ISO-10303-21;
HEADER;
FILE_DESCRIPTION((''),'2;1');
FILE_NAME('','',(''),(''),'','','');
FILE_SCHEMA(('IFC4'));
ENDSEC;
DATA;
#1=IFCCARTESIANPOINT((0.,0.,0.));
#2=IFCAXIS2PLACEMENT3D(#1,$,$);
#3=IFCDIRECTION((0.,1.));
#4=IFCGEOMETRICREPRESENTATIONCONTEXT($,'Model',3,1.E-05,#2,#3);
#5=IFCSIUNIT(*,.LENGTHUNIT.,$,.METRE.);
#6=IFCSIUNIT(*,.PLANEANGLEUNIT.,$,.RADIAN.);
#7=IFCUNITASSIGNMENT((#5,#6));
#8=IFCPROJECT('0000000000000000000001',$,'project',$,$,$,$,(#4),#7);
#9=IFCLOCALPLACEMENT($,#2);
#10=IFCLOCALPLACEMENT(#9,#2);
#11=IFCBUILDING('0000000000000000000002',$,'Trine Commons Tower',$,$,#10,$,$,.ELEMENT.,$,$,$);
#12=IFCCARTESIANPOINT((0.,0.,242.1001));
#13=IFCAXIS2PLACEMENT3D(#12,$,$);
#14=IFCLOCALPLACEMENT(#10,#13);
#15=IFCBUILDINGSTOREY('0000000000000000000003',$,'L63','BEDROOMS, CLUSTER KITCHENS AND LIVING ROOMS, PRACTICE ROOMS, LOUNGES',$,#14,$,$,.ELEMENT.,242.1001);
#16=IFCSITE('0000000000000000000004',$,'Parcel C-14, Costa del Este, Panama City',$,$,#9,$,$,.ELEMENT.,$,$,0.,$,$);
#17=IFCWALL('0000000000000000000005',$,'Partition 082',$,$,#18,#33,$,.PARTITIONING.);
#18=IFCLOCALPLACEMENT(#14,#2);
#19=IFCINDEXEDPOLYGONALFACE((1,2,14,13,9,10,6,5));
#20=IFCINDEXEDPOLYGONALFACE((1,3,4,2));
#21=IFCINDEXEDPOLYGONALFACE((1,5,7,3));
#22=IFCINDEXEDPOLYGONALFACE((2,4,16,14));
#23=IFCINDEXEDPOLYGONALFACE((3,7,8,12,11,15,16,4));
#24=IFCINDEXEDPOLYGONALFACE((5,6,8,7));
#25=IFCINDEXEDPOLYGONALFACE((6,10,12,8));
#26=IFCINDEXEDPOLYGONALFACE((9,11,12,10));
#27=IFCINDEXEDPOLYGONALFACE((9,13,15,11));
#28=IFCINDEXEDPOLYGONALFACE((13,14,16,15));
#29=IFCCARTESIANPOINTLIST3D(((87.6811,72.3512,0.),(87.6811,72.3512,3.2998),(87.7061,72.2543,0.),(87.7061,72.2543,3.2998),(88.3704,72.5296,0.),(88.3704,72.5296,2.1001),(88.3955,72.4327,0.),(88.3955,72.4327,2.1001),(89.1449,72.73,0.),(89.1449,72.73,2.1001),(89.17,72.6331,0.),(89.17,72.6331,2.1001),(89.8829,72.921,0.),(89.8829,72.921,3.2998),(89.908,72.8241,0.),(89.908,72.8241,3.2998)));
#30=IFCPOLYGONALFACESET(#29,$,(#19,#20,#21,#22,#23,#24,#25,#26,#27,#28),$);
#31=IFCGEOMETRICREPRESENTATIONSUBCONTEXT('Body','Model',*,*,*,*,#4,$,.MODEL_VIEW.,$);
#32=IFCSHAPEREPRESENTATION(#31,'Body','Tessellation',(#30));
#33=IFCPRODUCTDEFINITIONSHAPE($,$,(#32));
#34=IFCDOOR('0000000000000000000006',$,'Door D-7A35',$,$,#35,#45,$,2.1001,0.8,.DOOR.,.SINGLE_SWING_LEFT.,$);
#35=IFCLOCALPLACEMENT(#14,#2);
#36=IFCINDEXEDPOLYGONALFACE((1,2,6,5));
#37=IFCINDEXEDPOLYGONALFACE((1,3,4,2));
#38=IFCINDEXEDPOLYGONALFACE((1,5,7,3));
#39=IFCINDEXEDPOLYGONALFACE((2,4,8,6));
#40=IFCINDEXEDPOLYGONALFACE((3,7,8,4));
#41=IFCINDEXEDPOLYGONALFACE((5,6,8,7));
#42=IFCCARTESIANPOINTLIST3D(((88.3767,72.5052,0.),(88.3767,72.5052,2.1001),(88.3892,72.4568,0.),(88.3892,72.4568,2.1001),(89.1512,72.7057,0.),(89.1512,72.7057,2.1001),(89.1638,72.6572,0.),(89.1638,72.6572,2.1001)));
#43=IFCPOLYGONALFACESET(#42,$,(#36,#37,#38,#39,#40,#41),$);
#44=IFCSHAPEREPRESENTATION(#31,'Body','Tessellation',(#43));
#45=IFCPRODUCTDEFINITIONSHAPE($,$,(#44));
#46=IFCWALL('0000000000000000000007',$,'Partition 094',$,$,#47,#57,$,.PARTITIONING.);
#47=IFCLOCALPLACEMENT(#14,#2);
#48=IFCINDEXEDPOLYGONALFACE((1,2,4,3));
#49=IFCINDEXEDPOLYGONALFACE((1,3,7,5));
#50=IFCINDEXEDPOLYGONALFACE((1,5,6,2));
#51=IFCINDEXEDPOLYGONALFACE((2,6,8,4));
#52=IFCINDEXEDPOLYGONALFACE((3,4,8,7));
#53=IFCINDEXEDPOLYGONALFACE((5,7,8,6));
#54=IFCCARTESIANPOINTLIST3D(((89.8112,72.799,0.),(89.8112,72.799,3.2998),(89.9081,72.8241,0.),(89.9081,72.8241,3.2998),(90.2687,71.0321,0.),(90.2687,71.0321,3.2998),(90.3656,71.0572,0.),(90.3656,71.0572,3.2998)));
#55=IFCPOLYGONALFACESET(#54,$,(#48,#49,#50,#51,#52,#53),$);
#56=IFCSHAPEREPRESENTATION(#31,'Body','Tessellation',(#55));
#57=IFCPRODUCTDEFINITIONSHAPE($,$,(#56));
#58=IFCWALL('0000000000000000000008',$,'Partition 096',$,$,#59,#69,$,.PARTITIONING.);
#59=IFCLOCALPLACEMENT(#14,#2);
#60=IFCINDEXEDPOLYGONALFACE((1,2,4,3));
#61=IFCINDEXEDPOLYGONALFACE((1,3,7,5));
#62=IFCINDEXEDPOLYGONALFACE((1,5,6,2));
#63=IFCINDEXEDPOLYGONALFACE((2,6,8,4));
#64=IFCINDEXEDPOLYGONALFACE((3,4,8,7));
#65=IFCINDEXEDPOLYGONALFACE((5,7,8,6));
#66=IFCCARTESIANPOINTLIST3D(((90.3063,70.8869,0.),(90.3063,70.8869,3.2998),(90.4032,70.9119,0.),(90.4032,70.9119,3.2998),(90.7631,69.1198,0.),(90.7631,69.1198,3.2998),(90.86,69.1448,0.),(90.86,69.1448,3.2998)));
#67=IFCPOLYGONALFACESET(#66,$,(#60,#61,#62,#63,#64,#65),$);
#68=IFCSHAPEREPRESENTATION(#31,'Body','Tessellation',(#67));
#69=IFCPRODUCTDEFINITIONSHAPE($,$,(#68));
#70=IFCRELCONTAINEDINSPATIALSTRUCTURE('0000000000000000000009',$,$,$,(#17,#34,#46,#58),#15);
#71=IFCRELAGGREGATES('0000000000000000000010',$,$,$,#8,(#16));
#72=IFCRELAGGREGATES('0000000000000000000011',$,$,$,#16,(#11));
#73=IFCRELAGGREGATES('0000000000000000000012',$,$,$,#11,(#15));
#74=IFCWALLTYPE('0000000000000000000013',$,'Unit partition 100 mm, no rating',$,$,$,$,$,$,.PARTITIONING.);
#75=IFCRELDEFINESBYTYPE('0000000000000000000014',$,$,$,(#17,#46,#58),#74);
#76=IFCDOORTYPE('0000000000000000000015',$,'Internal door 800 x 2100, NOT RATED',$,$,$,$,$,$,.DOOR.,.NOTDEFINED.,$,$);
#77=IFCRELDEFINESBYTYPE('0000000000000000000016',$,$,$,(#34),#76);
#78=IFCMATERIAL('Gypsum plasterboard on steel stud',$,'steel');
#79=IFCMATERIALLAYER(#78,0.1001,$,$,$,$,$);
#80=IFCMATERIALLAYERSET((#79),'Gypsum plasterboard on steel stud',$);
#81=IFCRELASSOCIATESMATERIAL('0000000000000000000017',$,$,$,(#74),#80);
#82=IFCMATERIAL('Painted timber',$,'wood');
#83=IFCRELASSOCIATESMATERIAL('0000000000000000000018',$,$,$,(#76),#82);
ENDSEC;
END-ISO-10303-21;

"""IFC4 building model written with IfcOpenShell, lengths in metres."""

from ifc_helpers import new_model, si_unit, direction, frame, frame_2d, origin, place, context, subcontext, project, spatial, rectangle, extrude, material, layer, layer_set, type_object, element, fill, save


model = new_model("IFC4")

# Units and contexts
model_context = context("Model", 3, precision=1e-05, world=origin(), true_north=direction((0.0, 1.0)))
body_context = subcontext(model_context, "Body", "Model", "MODEL_VIEW")
ifc_project = project(units=[si_unit("LENGTHUNIT", "METRE"), si_unit("PLANEANGLEUNIT", "RADIAN")], contexts=[model_context])

# Site, building, storey
site_placement = place(None, origin())
site = spatial("IfcSite", under=ifc_project, at=site_placement, Name="Parcel C-14, Costa del Este, Panama City", CompositionType="ELEMENT", RefElevation=0.0)
building_placement = place(site_placement, origin())
building = spatial("IfcBuilding", under=site, at=building_placement, Name="Trine Commons Tower", CompositionType="ELEMENT")
storey_placement = place(building_placement, frame((0.0, 0.0, 242.1001)))
storey = spatial("IfcBuildingStorey", under=building, at=storey_placement, Name="L63", Description="BEDROOMS, CLUSTER KITCHENS AND LIVING ROOMS, PRACTICE ROOMS, LOUNGES", CompositionType="ELEMENT", Elevation=242.1001)

# Shared definitions
ifc_material_1 = material(Name="Gypsum plasterboard on steel stud", Category="steel")

# Shared definitions
ifc_layer_1 = layer(ifc_material_1, 0.1001)
ifc_layer_set_1 = layer_set([ifc_layer_1], Name="Gypsum plasterboard on steel stud")
wall_type_1 = type_object("IfcWallType", Name="Unit partition 100 mm, no rating", PredefinedType="PARTITIONING", material=ifc_layer_set_1)

# Wall, opening, door
wall_1_placement = place(storey_placement, frame((87.6936, 72.3027, 0.0), z_axis=(0.0, 0.0, 1.0), x_axis=(0.968108, 0.250534, 0.0)))
wall_1 = element("IfcWall", 1, at=wall_1_placement, inside=storey, type_object=wall_type_1, Name="Partition 082", PredefinedType="PARTITIONING", context=body_context, shape_type="SweptSolid", body=[
    extrude(rectangle(XDim=2.2744, YDim=0.1001, at=frame_2d((1.1372, 0.0))), origin(), (0.0, 0.0, 1.0), 3.2998),
])
opening_1_placement = place(wall_1_placement, frame((0.7122, 0.0, 0.0)))
opening_1 = element("IfcOpeningElement", 2, at=opening_1_placement, cuts=wall_1, PredefinedType="OPENING", context=body_context, shape_type="SweptSolid", body=[
    extrude(rectangle(XDim=0.8, YDim=2.1001, at=frame_2d((0.3999, 1.05))), frame((0.0, 0.0601, 0.0), z_axis=(0.0, -1.0, 0.0), x_axis=(1.0, 0.0, 0.0)), (0.0, 0.0, 1.0), 0.1201),
])
ifc_material_2 = material(Name="Painted timber", Category="wood")
door_type_1 = type_object("IfcDoorType", Name="Internal door 800 x 2100, NOT RATED", OperationType="NOTDEFINED", PredefinedType="DOOR", material=ifc_material_2)
door_1_placement = place(opening_1_placement, origin())
door_1 = element("IfcDoor", 3, at=door_1_placement, inside=storey, type_object=door_type_1, Name="Door D-7A35", OperationType="SINGLE_SWING_LEFT", OverallHeight=2.1001, OverallWidth=0.8, PredefinedType="DOOR", context=body_context, shape_type="SweptSolid", body=[
    extrude(rectangle(XDim=0.8, YDim=2.1001, at=frame_2d((0.3999, 1.05))), frame((0.0, 0.0249, 0.0), z_axis=(0.0, -1.0, 0.0), x_axis=(1.0, 0.0, 0.0)), (0.0, 0.0, 1.0), 0.05),
])
fill(opening_1, door_1)

# Walls
for number, where, z_axis, x_axis, name in (
    (4, (89.8596, 72.8115, 0.0), (0.0, 0.0, 1.0), (0.250679, -0.96807, 0.0), "Partition 094"),
    (5, (90.3547, 70.8994, 0.0), (0.0, 0.0, 1.0), (0.25027, -0.968176, 0.0), "Partition 096"),
):
    element("IfcWall", number, at=place(storey_placement, frame(where, z_axis=z_axis, x_axis=x_axis)), inside=storey, type_object=wall_type_1, Name=name, PredefinedType="PARTITIONING", context=body_context, shape_type="SweptSolid", body=[
        extrude(rectangle(XDim=1.8252, YDim=0.1001, at=frame_2d((0.9126, 0.0))), origin(), (0.0, 0.0, 1.0), 3.2998),
    ])

save(model, "model.ifc")
